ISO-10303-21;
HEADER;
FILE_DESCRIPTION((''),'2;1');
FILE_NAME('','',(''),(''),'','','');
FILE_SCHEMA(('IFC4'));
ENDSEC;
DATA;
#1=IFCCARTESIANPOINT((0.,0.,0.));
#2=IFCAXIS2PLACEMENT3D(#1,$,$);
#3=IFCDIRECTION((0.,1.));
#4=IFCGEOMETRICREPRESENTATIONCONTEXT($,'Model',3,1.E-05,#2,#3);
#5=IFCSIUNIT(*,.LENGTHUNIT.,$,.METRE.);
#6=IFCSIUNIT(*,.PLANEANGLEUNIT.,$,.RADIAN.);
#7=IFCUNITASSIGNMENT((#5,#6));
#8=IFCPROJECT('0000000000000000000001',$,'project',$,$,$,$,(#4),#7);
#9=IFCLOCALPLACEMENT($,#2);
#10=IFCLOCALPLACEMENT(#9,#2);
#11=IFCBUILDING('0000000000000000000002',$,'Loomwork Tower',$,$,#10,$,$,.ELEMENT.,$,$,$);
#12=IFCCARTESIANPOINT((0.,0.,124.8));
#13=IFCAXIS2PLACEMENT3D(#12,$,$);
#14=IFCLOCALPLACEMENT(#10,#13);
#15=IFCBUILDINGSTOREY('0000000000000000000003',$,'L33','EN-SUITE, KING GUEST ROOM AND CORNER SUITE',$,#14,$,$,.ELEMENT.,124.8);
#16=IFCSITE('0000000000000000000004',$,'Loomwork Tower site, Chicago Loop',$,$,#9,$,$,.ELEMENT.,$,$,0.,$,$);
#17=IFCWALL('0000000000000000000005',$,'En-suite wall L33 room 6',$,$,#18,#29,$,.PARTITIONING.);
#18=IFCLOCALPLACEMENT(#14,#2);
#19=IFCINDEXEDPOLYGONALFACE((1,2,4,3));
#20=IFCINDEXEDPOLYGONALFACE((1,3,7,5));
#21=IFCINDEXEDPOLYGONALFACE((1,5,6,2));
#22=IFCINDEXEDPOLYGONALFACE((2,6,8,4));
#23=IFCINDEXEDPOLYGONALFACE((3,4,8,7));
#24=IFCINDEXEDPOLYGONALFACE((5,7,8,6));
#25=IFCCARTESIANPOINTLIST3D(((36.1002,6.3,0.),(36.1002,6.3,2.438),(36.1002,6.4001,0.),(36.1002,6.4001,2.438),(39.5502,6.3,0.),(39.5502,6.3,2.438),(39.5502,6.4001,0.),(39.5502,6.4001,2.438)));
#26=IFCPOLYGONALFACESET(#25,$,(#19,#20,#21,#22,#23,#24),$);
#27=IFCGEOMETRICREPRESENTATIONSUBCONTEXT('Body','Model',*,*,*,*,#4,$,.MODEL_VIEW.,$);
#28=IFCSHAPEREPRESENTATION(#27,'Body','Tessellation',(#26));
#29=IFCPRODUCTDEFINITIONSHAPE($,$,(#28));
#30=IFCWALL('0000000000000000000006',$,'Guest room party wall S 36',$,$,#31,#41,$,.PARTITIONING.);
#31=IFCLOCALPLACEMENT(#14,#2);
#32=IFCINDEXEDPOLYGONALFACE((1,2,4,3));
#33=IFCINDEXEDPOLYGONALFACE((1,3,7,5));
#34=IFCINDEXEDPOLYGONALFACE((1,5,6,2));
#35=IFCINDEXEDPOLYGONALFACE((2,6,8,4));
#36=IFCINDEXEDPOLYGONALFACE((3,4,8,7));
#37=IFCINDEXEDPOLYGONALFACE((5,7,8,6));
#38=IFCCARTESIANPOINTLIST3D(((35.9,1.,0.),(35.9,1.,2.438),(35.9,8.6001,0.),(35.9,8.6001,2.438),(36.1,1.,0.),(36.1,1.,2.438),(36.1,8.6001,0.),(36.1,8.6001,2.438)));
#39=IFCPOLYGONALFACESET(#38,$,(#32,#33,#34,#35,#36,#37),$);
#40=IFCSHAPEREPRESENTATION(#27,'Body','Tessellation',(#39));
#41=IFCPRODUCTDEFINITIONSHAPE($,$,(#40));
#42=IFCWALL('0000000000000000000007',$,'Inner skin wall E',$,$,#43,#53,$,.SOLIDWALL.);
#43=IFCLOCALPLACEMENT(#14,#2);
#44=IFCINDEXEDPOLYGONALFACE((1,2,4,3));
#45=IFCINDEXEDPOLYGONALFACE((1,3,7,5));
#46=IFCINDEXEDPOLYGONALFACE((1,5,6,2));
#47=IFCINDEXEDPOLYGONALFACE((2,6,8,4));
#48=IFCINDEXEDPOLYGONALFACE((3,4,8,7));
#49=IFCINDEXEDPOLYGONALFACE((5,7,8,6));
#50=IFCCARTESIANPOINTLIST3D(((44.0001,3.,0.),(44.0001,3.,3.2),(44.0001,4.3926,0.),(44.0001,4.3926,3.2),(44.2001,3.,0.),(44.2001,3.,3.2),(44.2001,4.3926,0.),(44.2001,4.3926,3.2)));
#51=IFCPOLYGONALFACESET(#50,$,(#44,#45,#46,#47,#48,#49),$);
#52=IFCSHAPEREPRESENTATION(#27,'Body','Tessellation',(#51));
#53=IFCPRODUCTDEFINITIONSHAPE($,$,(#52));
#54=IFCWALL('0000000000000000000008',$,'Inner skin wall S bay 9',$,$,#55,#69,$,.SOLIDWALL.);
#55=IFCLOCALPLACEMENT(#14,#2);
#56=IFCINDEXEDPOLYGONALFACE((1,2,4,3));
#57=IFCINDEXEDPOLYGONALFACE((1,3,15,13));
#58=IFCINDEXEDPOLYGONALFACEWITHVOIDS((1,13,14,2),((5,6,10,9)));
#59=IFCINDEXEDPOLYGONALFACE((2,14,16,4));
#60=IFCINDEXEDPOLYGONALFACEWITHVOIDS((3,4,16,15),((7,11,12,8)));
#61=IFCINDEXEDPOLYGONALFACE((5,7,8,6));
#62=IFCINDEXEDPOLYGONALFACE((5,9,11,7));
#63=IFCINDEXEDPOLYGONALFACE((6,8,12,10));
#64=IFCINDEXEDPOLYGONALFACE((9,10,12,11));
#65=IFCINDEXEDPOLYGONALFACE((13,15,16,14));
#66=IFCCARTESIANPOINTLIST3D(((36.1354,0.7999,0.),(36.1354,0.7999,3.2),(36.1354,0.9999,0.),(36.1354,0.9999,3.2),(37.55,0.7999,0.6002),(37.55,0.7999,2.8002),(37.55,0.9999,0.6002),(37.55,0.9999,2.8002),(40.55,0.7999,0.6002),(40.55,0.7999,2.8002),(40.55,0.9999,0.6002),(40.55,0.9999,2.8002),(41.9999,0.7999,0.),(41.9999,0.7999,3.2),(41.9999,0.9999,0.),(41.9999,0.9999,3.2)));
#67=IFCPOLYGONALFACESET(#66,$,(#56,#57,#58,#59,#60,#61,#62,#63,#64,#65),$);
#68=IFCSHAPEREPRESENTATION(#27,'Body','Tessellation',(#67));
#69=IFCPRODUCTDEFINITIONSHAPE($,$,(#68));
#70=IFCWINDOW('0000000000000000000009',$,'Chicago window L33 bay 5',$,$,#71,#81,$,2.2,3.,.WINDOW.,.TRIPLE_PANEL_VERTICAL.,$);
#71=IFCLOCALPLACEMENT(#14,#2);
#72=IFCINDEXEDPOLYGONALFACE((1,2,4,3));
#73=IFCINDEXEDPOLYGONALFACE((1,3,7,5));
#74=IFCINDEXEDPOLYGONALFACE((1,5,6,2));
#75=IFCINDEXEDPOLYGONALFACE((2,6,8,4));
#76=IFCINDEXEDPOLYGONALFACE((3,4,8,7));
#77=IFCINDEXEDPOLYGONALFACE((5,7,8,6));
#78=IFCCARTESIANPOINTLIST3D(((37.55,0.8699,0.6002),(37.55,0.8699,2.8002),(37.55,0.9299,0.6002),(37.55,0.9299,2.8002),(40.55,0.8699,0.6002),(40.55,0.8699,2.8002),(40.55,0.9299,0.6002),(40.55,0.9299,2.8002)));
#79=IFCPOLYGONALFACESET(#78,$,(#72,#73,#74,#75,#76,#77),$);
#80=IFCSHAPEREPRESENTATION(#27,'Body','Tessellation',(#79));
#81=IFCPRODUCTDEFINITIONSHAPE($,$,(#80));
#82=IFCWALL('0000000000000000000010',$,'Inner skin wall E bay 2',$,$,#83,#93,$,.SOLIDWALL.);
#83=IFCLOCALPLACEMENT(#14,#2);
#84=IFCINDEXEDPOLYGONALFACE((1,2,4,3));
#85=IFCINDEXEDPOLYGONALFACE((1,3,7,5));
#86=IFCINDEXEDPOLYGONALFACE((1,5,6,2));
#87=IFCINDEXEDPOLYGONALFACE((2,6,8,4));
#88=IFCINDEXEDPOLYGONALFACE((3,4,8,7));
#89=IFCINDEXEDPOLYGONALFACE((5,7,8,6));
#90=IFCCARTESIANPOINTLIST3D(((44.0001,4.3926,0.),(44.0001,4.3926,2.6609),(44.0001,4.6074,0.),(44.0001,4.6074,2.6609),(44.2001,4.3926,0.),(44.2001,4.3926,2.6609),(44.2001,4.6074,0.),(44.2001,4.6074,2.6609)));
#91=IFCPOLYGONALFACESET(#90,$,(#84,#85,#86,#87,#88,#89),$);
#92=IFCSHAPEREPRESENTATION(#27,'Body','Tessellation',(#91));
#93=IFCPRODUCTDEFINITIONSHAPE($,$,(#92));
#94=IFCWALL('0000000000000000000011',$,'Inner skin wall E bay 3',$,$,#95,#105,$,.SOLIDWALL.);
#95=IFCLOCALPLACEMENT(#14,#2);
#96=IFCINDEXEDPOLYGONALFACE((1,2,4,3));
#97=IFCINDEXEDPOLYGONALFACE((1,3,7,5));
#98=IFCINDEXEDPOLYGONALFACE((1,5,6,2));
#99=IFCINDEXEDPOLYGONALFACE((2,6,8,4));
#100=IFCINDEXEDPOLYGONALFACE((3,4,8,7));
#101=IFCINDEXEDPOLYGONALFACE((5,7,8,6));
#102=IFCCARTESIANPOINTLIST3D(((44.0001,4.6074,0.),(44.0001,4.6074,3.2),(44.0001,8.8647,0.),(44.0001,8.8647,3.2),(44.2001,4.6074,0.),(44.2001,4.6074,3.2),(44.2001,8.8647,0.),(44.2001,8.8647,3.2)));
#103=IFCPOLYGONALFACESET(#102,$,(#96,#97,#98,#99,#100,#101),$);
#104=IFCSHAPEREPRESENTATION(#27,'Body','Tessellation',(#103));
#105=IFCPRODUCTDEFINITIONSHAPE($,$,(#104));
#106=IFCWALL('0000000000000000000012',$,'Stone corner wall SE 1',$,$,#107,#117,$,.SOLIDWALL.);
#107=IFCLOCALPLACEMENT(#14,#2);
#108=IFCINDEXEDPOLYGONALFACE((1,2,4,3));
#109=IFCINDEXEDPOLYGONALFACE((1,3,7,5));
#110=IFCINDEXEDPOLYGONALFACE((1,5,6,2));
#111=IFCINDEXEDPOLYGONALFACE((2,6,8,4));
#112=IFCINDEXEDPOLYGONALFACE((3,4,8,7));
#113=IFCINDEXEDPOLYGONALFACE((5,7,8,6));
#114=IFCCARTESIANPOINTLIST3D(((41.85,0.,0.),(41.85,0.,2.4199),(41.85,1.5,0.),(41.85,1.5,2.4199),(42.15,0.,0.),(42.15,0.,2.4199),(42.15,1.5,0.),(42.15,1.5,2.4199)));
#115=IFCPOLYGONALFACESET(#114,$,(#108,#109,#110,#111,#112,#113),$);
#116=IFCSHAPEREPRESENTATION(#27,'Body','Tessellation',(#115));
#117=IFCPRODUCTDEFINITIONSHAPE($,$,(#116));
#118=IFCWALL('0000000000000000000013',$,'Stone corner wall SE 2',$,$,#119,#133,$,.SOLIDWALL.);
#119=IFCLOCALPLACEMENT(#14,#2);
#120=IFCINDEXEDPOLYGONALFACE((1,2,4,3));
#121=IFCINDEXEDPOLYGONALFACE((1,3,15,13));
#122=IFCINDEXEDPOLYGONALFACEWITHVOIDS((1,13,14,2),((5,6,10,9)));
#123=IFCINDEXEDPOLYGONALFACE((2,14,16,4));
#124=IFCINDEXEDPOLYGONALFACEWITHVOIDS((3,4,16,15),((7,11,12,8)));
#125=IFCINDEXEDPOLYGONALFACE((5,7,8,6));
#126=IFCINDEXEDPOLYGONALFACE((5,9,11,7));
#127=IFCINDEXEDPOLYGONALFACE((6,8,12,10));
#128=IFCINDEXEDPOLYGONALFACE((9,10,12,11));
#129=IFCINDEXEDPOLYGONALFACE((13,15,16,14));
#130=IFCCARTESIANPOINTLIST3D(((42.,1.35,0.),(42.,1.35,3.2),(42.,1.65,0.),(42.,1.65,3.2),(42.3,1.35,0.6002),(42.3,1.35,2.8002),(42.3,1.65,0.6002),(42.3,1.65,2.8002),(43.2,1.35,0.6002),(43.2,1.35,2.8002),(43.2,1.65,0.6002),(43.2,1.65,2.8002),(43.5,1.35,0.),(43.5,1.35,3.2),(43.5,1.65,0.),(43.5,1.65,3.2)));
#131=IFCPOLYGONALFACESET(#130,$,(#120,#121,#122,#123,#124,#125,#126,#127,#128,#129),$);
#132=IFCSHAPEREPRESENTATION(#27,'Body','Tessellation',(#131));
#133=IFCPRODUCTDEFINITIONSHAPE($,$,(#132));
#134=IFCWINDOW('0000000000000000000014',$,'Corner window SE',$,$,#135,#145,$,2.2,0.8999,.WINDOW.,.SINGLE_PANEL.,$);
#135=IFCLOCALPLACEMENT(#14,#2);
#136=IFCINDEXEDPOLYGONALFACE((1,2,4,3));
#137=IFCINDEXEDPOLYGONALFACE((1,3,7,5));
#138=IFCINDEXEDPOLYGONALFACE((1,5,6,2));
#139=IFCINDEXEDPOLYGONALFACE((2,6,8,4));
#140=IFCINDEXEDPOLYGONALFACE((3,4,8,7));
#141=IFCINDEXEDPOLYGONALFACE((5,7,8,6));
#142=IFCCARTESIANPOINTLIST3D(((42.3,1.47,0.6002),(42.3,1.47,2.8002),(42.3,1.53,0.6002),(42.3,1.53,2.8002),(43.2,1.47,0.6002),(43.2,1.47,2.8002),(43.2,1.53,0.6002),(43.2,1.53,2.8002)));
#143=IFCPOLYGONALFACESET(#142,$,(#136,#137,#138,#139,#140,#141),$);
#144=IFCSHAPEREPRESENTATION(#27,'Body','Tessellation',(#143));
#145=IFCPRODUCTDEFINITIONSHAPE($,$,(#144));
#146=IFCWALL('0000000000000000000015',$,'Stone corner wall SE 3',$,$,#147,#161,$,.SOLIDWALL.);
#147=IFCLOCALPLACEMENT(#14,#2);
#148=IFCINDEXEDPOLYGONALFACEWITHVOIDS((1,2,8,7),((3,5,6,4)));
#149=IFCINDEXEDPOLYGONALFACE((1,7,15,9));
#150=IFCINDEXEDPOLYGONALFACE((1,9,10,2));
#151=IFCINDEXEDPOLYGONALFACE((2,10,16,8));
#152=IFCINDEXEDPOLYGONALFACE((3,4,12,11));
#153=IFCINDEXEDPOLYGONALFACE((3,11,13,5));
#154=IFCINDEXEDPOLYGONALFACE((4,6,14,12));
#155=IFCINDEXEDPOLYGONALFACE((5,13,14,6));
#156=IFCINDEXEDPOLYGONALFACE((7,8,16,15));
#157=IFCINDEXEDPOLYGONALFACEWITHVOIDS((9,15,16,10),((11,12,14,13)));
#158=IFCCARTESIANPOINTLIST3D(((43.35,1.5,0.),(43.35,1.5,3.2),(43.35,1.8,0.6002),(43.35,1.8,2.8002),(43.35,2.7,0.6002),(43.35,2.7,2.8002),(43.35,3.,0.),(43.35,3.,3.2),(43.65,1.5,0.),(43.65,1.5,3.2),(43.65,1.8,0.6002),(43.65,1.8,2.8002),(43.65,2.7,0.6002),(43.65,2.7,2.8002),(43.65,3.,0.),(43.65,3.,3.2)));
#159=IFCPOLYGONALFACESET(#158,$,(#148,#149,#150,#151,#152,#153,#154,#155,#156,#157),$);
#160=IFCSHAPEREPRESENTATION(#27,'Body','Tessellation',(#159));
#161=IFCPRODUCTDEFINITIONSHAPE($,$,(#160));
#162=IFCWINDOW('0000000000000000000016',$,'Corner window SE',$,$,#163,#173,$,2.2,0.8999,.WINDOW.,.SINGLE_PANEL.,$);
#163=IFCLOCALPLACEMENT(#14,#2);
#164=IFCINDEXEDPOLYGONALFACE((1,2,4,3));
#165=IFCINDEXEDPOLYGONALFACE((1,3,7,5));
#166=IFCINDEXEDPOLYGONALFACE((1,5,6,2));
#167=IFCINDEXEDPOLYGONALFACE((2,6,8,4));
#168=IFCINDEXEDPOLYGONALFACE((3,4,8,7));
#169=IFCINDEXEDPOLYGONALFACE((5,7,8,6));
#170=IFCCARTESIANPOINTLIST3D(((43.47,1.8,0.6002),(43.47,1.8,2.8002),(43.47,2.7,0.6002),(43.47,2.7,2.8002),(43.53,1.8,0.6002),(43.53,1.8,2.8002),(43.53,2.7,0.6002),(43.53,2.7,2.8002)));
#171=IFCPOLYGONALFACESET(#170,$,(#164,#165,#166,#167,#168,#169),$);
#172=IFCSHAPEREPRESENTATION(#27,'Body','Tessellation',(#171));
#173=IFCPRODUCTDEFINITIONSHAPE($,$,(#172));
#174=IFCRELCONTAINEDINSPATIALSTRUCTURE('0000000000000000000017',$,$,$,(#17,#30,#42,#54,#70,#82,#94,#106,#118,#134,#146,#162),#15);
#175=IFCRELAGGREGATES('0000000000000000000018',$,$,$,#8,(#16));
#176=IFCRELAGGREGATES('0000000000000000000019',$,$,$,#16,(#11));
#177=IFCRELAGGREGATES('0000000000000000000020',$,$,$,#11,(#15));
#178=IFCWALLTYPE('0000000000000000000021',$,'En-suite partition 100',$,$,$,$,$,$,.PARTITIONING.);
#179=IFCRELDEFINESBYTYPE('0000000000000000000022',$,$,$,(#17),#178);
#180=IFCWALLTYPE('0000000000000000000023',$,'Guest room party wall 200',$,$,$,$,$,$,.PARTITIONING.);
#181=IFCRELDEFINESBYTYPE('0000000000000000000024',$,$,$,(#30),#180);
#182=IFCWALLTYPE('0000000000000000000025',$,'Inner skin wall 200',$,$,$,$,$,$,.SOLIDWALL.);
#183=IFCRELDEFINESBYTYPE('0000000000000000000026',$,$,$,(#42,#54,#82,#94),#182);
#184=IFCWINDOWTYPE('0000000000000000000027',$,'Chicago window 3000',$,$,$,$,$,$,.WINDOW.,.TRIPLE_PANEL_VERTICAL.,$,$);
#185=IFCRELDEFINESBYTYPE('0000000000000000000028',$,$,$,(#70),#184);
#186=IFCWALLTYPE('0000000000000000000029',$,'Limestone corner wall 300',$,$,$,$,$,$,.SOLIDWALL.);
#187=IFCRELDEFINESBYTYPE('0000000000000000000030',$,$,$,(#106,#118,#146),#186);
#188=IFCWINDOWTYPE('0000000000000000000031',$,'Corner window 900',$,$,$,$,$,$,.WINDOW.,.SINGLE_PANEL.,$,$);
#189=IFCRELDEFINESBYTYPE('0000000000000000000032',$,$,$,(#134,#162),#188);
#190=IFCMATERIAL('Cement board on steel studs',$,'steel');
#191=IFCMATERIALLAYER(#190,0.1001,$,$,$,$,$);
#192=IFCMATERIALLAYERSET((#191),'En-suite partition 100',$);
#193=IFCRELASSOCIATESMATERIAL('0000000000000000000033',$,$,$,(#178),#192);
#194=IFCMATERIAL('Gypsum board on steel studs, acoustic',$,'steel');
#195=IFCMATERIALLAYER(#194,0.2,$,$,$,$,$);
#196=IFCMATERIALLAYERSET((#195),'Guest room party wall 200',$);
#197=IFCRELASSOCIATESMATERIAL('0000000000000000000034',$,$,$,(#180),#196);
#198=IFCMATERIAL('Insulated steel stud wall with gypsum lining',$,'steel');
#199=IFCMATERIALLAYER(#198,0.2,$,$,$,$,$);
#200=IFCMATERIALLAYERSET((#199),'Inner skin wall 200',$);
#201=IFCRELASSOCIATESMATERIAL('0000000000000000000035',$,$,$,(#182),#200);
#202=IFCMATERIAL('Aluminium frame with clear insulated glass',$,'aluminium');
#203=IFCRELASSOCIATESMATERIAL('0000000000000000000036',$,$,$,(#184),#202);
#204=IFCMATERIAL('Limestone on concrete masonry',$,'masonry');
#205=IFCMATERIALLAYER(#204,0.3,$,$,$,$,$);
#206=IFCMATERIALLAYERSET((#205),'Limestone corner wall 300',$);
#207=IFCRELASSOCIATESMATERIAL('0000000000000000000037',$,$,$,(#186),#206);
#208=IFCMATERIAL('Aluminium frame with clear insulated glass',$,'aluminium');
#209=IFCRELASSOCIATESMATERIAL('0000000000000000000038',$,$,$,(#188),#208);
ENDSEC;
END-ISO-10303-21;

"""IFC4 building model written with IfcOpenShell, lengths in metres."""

from ifc_helpers import new_model, si_unit, direction, frame, frame_2d, origin, place, context, subcontext, project, spatial, rectangle, extrude, material, layer, layer_set, type_object, element, fill, save


model = new_model("IFC4")

# Units and contexts
model_context = context("Model", 3, precision=1e-05, world=origin(), true_north=direction((0.0, 1.0)))
body_context = subcontext(model_context, "Body", "Model", "MODEL_VIEW")
ifc_project = project(units=[si_unit("LENGTHUNIT", "METRE"), si_unit("PLANEANGLEUNIT", "RADIAN")], contexts=[model_context])

# Site, building, storey
site_placement = place(None, origin())
site = spatial("IfcSite", under=ifc_project, at=site_placement, Name="Loomwork Tower site, Chicago Loop", CompositionType="ELEMENT", RefElevation=0.0)
building_placement = place(site_placement, origin())
building = spatial("IfcBuilding", under=site, at=building_placement, Name="Loomwork Tower", CompositionType="ELEMENT")
storey_placement = place(building_placement, frame((0.0, 0.0, 124.8)))
storey = spatial("IfcBuildingStorey", under=building, at=storey_placement, Name="L33", Description="EN-SUITE, KING GUEST ROOM AND CORNER SUITE", CompositionType="ELEMENT", Elevation=124.8)

# Walls
ifc_material_1 = material(Name="Cement board on steel studs", Category="steel")
ifc_layer_1 = layer(ifc_material_1, 0.1001)
ifc_layer_set_1 = layer_set([ifc_layer_1], Name="En-suite partition 100")
wall_type_1 = type_object("IfcWallType", Name="En-suite partition 100", PredefinedType="PARTITIONING", material=ifc_layer_set_1)
wall_1_placement = place(storey_placement, frame((36.1001, 6.3501, 0.0), z_axis=(0.0, 0.0, 1.0), x_axis=(1.0, 0.0, 0.0)))
element("IfcWall", 1, at=wall_1_placement, inside=storey, type_object=wall_type_1, Name="En-suite wall L33 room 6", PredefinedType="PARTITIONING", context=body_context, shape_type="SweptSolid", body=[
    extrude(rectangle(XDim=3.45, YDim=0.1001, at=frame_2d((1.7251, 0.0))), origin(), (0.0, 0.0, 1.0), 2.438),
])
ifc_material_2 = material(Name="Gypsum board on steel studs, acoustic", Category="steel")
ifc_layer_2 = layer(ifc_material_2, 0.2)
ifc_layer_set_2 = layer_set([ifc_layer_2], Name="Guest room party wall 200")
wall_type_2 = type_object("IfcWallType", Name="Guest room party wall 200", PredefinedType="PARTITIONING", material=ifc_layer_set_2)
wall_2_placement = place(storey_placement, frame((36.0, 8.6001, 0.0), z_axis=(0.0, 0.0, 1.0), x_axis=(0.0, -1.0, 0.0)))
element("IfcWall", 2, at=wall_2_placement, inside=storey, type_object=wall_type_2, Name="Guest room party wall S 36", PredefinedType="PARTITIONING", context=body_context, shape_type="SweptSolid", body=[
    extrude(rectangle(XDim=7.6001, YDim=0.2, at=frame_2d((3.8, 0.0))), origin(), (0.0, 0.0, 1.0), 2.438),
])
ifc_material_3 = material(Name="Insulated steel stud wall with gypsum lining", Category="steel")
ifc_layer_3 = layer(ifc_material_3, 0.2)
ifc_layer_set_3 = layer_set([ifc_layer_3], Name="Inner skin wall 200")
wall_type_3 = type_object("IfcWallType", Name="Inner skin wall 200", PredefinedType="SOLIDWALL", material=ifc_layer_set_3)
wall_3_placement = place(storey_placement, frame((44.1001, 3.0, 0.0), z_axis=(0.0, 0.0, 1.0), x_axis=(0.0, 1.0, 0.0)))
element("IfcWall", 3, at=wall_3_placement, inside=storey, type_object=wall_type_3, Name="Inner skin wall E", PredefinedType="SOLIDWALL", context=body_context, shape_type="SweptSolid", body=[
    extrude(rectangle(XDim=1.3926, YDim=0.2, at=frame_2d((0.6963, 0.0))), origin(), (0.0, 0.0, 1.0), 3.2),
])

# Wall, opening, window
wall_4_placement = place(storey_placement, frame((36.1355, 0.8999, 0.0), z_axis=(0.0, 0.0, 1.0), x_axis=(1.0, 0.0, 0.0)))
wall_4 = element("IfcWall", 4, at=wall_4_placement, inside=storey, type_object=wall_type_3, Name="Inner skin wall S bay 9", PredefinedType="SOLIDWALL", context=body_context, shape_type="SweptSolid", body=[
    extrude(rectangle(XDim=5.8645, YDim=0.2, at=frame_2d((2.9321, 0.0))), origin(), (0.0, 0.0, 1.0), 3.2),
])
opening_1_placement = place(wall_4_placement, frame((1.4146, 0.0, 0.6001)))
opening_1 = element("IfcOpeningElement", 5, at=opening_1_placement, cuts=wall_4, PredefinedType="OPENING", context=body_context, shape_type="SweptSolid", body=[
    extrude(rectangle(XDim=3.0, YDim=2.2, at=frame_2d((1.5, 1.1001))), frame((0.0, 0.1099, 0.0), z_axis=(0.0, -1.0, 0.0), x_axis=(1.0, 0.0, 0.0)), (0.0, 0.0, 1.0), 0.22),
])
ifc_material_4 = material(Name="Aluminium frame with clear insulated glass", Category="aluminium")
window_type_1 = type_object("IfcWindowType", Name="Chicago window 3000", PartitioningType="TRIPLE_PANEL_VERTICAL", PredefinedType="WINDOW", material=ifc_material_4)
window_1_placement = place(opening_1_placement, origin())
window_1 = element("IfcWindow", 6, at=window_1_placement, inside=storey, type_object=window_type_1, Name="Chicago window L33 bay 5", OverallHeight=2.2, OverallWidth=3.0, PartitioningType="TRIPLE_PANEL_VERTICAL", PredefinedType="WINDOW", context=body_context, shape_type="SweptSolid", body=[
    extrude(rectangle(XDim=3.0, YDim=2.2, at=frame_2d((1.5, 1.1001))), frame((0.0, 0.03, 0.0), z_axis=(0.0, -1.0, 0.0), x_axis=(1.0, 0.0, 0.0)), (0.0, 0.0, 1.0), 0.0601),
])
fill(opening_1, window_1)

# Walls
wall_5_placement = place(storey_placement, frame((44.1001, 4.3926, 0.0), z_axis=(0.0, 0.0, 1.0), x_axis=(0.0, 1.0, 0.0)))
element("IfcWall", 7, at=wall_5_placement, inside=storey, type_object=wall_type_3, Name="Inner skin wall E bay 2", PredefinedType="SOLIDWALL", context=body_context, shape_type="SweptSolid", body=[
    extrude(rectangle(XDim=0.2148, YDim=0.2, at=frame_2d((0.1074, 0.0))), origin(), (0.0, 0.0, 1.0), 2.6609),
])
wall_6_placement = place(storey_placement, frame((44.1001, 4.6074, 0.0), z_axis=(0.0, 0.0, 1.0), x_axis=(0.0, 1.0, 0.0)))
element("IfcWall", 8, at=wall_6_placement, inside=storey, type_object=wall_type_3, Name="Inner skin wall E bay 3", PredefinedType="SOLIDWALL", context=body_context, shape_type="SweptSolid", body=[
    extrude(rectangle(XDim=4.2573, YDim=0.2, at=frame_2d((2.1287, 0.0))), origin(), (0.0, 0.0, 1.0), 3.2),
])
ifc_material_5 = material(Name="Limestone on concrete masonry", Category="masonry")
ifc_layer_4 = layer(ifc_material_5, 0.3)
ifc_layer_set_4 = layer_set([ifc_layer_4], Name="Limestone corner wall 300")
wall_type_4 = type_object("IfcWallType", Name="Limestone corner wall 300", PredefinedType="SOLIDWALL", material=ifc_layer_set_4)
wall_7_placement = place(storey_placement, frame((42.0, 0.0, 0.0), z_axis=(0.0, 0.0, 1.0), x_axis=(0.0, 1.0, 0.0)))
element("IfcWall", 9, at=wall_7_placement, inside=storey, type_object=wall_type_4, Name="Stone corner wall SE 1", PredefinedType="SOLIDWALL", context=body_context, shape_type="SweptSolid", body=[
    extrude(rectangle(XDim=1.5, YDim=0.3, at=frame_2d((0.75, 0.0))), origin(), (0.0, 0.0, 1.0), 2.4199),
])

# Walls, openings, windows
wall_8_placement = place(storey_placement, frame((42.0, 1.5, 0.0), z_axis=(0.0, 0.0, 1.0), x_axis=(1.0, 0.0, 0.0)))
wall_8 = element("IfcWall", 10, at=wall_8_placement, inside=storey, type_object=wall_type_4, Name="Stone corner wall SE 2", PredefinedType="SOLIDWALL", context=body_context, shape_type="SweptSolid", body=[
    extrude(rectangle(XDim=1.5, YDim=0.3, at=frame_2d((0.75, 0.0))), origin(), (0.0, 0.0, 1.0), 3.2),
])
opening_2_placement = place(wall_8_placement, frame((0.3, 0.0, 0.6001)))
opening_2 = element("IfcOpeningElement", 11, at=opening_2_placement, cuts=wall_8, PredefinedType="OPENING", context=body_context, shape_type="SweptSolid", body=[
    extrude(rectangle(XDim=0.8999, YDim=2.2, at=frame_2d((0.45, 1.1001))), frame((0.0, 0.1599, 0.0), z_axis=(0.0, -1.0, 0.0), x_axis=(1.0, 0.0, 0.0)), (0.0, 0.0, 1.0), 0.3201),
])
ifc_material_6 = material(Name="Aluminium frame with clear insulated glass", Category="aluminium")
window_type_2 = type_object("IfcWindowType", Name="Corner window 900", PartitioningType="SINGLE_PANEL", PredefinedType="WINDOW", material=ifc_material_6)
window_2_placement = place(opening_2_placement, origin())
window_2 = element("IfcWindow", 12, at=window_2_placement, inside=storey, type_object=window_type_2, Name="Corner window SE", OverallHeight=2.2, OverallWidth=0.8999, PartitioningType="SINGLE_PANEL", PredefinedType="WINDOW", context=body_context, shape_type="SweptSolid", body=[
    extrude(rectangle(XDim=0.8999, YDim=2.2, at=frame_2d((0.45, 1.1001))), frame((0.0, 0.03, 0.0), z_axis=(0.0, -1.0, 0.0), x_axis=(1.0, 0.0, 0.0)), (0.0, 0.0, 1.0), 0.0601),
])
fill(opening_2, window_2)
wall_9_placement = place(storey_placement, frame((43.5, 1.5, 0.0), z_axis=(0.0, 0.0, 1.0), x_axis=(0.0, 1.0, 0.0)))
wall_9 = element("IfcWall", 13, at=wall_9_placement, inside=storey, type_object=wall_type_4, Name="Stone corner wall SE 3", PredefinedType="SOLIDWALL", context=body_context, shape_type="SweptSolid", body=[
    extrude(rectangle(XDim=1.5, YDim=0.3, at=frame_2d((0.75, 0.0))), origin(), (0.0, 0.0, 1.0), 3.2),
])
opening_3_placement = place(wall_9_placement, frame((0.3, 0.0, 0.6001)))
opening_3 = element("IfcOpeningElement", 14, at=opening_3_placement, cuts=wall_9, PredefinedType="OPENING", context=body_context, shape_type="SweptSolid", body=[
    extrude(rectangle(XDim=0.8999, YDim=2.2, at=frame_2d((0.45, 1.1001))), frame((0.0, 0.1599, 0.0), z_axis=(0.0, -1.0, 0.0), x_axis=(1.0, 0.0, 0.0)), (0.0, 0.0, 1.0), 0.3201),
])
window_3_placement = place(opening_3_placement, origin())
window_3 = element("IfcWindow", 15, at=window_3_placement, inside=storey, type_object=window_type_2, Name="Corner window SE", OverallHeight=2.2, OverallWidth=0.8999, PartitioningType="SINGLE_PANEL", PredefinedType="WINDOW", context=body_context, shape_type="SweptSolid", body=[
    extrude(rectangle(XDim=0.8999, YDim=2.2, at=frame_2d((0.45, 1.1001))), frame((0.0, 0.03, 0.0), z_axis=(0.0, -1.0, 0.0), x_axis=(1.0, 0.0, 0.0)), (0.0, 0.0, 1.0), 0.0601),
])
fill(opening_3, window_3)

save(model, "model.ifc")
